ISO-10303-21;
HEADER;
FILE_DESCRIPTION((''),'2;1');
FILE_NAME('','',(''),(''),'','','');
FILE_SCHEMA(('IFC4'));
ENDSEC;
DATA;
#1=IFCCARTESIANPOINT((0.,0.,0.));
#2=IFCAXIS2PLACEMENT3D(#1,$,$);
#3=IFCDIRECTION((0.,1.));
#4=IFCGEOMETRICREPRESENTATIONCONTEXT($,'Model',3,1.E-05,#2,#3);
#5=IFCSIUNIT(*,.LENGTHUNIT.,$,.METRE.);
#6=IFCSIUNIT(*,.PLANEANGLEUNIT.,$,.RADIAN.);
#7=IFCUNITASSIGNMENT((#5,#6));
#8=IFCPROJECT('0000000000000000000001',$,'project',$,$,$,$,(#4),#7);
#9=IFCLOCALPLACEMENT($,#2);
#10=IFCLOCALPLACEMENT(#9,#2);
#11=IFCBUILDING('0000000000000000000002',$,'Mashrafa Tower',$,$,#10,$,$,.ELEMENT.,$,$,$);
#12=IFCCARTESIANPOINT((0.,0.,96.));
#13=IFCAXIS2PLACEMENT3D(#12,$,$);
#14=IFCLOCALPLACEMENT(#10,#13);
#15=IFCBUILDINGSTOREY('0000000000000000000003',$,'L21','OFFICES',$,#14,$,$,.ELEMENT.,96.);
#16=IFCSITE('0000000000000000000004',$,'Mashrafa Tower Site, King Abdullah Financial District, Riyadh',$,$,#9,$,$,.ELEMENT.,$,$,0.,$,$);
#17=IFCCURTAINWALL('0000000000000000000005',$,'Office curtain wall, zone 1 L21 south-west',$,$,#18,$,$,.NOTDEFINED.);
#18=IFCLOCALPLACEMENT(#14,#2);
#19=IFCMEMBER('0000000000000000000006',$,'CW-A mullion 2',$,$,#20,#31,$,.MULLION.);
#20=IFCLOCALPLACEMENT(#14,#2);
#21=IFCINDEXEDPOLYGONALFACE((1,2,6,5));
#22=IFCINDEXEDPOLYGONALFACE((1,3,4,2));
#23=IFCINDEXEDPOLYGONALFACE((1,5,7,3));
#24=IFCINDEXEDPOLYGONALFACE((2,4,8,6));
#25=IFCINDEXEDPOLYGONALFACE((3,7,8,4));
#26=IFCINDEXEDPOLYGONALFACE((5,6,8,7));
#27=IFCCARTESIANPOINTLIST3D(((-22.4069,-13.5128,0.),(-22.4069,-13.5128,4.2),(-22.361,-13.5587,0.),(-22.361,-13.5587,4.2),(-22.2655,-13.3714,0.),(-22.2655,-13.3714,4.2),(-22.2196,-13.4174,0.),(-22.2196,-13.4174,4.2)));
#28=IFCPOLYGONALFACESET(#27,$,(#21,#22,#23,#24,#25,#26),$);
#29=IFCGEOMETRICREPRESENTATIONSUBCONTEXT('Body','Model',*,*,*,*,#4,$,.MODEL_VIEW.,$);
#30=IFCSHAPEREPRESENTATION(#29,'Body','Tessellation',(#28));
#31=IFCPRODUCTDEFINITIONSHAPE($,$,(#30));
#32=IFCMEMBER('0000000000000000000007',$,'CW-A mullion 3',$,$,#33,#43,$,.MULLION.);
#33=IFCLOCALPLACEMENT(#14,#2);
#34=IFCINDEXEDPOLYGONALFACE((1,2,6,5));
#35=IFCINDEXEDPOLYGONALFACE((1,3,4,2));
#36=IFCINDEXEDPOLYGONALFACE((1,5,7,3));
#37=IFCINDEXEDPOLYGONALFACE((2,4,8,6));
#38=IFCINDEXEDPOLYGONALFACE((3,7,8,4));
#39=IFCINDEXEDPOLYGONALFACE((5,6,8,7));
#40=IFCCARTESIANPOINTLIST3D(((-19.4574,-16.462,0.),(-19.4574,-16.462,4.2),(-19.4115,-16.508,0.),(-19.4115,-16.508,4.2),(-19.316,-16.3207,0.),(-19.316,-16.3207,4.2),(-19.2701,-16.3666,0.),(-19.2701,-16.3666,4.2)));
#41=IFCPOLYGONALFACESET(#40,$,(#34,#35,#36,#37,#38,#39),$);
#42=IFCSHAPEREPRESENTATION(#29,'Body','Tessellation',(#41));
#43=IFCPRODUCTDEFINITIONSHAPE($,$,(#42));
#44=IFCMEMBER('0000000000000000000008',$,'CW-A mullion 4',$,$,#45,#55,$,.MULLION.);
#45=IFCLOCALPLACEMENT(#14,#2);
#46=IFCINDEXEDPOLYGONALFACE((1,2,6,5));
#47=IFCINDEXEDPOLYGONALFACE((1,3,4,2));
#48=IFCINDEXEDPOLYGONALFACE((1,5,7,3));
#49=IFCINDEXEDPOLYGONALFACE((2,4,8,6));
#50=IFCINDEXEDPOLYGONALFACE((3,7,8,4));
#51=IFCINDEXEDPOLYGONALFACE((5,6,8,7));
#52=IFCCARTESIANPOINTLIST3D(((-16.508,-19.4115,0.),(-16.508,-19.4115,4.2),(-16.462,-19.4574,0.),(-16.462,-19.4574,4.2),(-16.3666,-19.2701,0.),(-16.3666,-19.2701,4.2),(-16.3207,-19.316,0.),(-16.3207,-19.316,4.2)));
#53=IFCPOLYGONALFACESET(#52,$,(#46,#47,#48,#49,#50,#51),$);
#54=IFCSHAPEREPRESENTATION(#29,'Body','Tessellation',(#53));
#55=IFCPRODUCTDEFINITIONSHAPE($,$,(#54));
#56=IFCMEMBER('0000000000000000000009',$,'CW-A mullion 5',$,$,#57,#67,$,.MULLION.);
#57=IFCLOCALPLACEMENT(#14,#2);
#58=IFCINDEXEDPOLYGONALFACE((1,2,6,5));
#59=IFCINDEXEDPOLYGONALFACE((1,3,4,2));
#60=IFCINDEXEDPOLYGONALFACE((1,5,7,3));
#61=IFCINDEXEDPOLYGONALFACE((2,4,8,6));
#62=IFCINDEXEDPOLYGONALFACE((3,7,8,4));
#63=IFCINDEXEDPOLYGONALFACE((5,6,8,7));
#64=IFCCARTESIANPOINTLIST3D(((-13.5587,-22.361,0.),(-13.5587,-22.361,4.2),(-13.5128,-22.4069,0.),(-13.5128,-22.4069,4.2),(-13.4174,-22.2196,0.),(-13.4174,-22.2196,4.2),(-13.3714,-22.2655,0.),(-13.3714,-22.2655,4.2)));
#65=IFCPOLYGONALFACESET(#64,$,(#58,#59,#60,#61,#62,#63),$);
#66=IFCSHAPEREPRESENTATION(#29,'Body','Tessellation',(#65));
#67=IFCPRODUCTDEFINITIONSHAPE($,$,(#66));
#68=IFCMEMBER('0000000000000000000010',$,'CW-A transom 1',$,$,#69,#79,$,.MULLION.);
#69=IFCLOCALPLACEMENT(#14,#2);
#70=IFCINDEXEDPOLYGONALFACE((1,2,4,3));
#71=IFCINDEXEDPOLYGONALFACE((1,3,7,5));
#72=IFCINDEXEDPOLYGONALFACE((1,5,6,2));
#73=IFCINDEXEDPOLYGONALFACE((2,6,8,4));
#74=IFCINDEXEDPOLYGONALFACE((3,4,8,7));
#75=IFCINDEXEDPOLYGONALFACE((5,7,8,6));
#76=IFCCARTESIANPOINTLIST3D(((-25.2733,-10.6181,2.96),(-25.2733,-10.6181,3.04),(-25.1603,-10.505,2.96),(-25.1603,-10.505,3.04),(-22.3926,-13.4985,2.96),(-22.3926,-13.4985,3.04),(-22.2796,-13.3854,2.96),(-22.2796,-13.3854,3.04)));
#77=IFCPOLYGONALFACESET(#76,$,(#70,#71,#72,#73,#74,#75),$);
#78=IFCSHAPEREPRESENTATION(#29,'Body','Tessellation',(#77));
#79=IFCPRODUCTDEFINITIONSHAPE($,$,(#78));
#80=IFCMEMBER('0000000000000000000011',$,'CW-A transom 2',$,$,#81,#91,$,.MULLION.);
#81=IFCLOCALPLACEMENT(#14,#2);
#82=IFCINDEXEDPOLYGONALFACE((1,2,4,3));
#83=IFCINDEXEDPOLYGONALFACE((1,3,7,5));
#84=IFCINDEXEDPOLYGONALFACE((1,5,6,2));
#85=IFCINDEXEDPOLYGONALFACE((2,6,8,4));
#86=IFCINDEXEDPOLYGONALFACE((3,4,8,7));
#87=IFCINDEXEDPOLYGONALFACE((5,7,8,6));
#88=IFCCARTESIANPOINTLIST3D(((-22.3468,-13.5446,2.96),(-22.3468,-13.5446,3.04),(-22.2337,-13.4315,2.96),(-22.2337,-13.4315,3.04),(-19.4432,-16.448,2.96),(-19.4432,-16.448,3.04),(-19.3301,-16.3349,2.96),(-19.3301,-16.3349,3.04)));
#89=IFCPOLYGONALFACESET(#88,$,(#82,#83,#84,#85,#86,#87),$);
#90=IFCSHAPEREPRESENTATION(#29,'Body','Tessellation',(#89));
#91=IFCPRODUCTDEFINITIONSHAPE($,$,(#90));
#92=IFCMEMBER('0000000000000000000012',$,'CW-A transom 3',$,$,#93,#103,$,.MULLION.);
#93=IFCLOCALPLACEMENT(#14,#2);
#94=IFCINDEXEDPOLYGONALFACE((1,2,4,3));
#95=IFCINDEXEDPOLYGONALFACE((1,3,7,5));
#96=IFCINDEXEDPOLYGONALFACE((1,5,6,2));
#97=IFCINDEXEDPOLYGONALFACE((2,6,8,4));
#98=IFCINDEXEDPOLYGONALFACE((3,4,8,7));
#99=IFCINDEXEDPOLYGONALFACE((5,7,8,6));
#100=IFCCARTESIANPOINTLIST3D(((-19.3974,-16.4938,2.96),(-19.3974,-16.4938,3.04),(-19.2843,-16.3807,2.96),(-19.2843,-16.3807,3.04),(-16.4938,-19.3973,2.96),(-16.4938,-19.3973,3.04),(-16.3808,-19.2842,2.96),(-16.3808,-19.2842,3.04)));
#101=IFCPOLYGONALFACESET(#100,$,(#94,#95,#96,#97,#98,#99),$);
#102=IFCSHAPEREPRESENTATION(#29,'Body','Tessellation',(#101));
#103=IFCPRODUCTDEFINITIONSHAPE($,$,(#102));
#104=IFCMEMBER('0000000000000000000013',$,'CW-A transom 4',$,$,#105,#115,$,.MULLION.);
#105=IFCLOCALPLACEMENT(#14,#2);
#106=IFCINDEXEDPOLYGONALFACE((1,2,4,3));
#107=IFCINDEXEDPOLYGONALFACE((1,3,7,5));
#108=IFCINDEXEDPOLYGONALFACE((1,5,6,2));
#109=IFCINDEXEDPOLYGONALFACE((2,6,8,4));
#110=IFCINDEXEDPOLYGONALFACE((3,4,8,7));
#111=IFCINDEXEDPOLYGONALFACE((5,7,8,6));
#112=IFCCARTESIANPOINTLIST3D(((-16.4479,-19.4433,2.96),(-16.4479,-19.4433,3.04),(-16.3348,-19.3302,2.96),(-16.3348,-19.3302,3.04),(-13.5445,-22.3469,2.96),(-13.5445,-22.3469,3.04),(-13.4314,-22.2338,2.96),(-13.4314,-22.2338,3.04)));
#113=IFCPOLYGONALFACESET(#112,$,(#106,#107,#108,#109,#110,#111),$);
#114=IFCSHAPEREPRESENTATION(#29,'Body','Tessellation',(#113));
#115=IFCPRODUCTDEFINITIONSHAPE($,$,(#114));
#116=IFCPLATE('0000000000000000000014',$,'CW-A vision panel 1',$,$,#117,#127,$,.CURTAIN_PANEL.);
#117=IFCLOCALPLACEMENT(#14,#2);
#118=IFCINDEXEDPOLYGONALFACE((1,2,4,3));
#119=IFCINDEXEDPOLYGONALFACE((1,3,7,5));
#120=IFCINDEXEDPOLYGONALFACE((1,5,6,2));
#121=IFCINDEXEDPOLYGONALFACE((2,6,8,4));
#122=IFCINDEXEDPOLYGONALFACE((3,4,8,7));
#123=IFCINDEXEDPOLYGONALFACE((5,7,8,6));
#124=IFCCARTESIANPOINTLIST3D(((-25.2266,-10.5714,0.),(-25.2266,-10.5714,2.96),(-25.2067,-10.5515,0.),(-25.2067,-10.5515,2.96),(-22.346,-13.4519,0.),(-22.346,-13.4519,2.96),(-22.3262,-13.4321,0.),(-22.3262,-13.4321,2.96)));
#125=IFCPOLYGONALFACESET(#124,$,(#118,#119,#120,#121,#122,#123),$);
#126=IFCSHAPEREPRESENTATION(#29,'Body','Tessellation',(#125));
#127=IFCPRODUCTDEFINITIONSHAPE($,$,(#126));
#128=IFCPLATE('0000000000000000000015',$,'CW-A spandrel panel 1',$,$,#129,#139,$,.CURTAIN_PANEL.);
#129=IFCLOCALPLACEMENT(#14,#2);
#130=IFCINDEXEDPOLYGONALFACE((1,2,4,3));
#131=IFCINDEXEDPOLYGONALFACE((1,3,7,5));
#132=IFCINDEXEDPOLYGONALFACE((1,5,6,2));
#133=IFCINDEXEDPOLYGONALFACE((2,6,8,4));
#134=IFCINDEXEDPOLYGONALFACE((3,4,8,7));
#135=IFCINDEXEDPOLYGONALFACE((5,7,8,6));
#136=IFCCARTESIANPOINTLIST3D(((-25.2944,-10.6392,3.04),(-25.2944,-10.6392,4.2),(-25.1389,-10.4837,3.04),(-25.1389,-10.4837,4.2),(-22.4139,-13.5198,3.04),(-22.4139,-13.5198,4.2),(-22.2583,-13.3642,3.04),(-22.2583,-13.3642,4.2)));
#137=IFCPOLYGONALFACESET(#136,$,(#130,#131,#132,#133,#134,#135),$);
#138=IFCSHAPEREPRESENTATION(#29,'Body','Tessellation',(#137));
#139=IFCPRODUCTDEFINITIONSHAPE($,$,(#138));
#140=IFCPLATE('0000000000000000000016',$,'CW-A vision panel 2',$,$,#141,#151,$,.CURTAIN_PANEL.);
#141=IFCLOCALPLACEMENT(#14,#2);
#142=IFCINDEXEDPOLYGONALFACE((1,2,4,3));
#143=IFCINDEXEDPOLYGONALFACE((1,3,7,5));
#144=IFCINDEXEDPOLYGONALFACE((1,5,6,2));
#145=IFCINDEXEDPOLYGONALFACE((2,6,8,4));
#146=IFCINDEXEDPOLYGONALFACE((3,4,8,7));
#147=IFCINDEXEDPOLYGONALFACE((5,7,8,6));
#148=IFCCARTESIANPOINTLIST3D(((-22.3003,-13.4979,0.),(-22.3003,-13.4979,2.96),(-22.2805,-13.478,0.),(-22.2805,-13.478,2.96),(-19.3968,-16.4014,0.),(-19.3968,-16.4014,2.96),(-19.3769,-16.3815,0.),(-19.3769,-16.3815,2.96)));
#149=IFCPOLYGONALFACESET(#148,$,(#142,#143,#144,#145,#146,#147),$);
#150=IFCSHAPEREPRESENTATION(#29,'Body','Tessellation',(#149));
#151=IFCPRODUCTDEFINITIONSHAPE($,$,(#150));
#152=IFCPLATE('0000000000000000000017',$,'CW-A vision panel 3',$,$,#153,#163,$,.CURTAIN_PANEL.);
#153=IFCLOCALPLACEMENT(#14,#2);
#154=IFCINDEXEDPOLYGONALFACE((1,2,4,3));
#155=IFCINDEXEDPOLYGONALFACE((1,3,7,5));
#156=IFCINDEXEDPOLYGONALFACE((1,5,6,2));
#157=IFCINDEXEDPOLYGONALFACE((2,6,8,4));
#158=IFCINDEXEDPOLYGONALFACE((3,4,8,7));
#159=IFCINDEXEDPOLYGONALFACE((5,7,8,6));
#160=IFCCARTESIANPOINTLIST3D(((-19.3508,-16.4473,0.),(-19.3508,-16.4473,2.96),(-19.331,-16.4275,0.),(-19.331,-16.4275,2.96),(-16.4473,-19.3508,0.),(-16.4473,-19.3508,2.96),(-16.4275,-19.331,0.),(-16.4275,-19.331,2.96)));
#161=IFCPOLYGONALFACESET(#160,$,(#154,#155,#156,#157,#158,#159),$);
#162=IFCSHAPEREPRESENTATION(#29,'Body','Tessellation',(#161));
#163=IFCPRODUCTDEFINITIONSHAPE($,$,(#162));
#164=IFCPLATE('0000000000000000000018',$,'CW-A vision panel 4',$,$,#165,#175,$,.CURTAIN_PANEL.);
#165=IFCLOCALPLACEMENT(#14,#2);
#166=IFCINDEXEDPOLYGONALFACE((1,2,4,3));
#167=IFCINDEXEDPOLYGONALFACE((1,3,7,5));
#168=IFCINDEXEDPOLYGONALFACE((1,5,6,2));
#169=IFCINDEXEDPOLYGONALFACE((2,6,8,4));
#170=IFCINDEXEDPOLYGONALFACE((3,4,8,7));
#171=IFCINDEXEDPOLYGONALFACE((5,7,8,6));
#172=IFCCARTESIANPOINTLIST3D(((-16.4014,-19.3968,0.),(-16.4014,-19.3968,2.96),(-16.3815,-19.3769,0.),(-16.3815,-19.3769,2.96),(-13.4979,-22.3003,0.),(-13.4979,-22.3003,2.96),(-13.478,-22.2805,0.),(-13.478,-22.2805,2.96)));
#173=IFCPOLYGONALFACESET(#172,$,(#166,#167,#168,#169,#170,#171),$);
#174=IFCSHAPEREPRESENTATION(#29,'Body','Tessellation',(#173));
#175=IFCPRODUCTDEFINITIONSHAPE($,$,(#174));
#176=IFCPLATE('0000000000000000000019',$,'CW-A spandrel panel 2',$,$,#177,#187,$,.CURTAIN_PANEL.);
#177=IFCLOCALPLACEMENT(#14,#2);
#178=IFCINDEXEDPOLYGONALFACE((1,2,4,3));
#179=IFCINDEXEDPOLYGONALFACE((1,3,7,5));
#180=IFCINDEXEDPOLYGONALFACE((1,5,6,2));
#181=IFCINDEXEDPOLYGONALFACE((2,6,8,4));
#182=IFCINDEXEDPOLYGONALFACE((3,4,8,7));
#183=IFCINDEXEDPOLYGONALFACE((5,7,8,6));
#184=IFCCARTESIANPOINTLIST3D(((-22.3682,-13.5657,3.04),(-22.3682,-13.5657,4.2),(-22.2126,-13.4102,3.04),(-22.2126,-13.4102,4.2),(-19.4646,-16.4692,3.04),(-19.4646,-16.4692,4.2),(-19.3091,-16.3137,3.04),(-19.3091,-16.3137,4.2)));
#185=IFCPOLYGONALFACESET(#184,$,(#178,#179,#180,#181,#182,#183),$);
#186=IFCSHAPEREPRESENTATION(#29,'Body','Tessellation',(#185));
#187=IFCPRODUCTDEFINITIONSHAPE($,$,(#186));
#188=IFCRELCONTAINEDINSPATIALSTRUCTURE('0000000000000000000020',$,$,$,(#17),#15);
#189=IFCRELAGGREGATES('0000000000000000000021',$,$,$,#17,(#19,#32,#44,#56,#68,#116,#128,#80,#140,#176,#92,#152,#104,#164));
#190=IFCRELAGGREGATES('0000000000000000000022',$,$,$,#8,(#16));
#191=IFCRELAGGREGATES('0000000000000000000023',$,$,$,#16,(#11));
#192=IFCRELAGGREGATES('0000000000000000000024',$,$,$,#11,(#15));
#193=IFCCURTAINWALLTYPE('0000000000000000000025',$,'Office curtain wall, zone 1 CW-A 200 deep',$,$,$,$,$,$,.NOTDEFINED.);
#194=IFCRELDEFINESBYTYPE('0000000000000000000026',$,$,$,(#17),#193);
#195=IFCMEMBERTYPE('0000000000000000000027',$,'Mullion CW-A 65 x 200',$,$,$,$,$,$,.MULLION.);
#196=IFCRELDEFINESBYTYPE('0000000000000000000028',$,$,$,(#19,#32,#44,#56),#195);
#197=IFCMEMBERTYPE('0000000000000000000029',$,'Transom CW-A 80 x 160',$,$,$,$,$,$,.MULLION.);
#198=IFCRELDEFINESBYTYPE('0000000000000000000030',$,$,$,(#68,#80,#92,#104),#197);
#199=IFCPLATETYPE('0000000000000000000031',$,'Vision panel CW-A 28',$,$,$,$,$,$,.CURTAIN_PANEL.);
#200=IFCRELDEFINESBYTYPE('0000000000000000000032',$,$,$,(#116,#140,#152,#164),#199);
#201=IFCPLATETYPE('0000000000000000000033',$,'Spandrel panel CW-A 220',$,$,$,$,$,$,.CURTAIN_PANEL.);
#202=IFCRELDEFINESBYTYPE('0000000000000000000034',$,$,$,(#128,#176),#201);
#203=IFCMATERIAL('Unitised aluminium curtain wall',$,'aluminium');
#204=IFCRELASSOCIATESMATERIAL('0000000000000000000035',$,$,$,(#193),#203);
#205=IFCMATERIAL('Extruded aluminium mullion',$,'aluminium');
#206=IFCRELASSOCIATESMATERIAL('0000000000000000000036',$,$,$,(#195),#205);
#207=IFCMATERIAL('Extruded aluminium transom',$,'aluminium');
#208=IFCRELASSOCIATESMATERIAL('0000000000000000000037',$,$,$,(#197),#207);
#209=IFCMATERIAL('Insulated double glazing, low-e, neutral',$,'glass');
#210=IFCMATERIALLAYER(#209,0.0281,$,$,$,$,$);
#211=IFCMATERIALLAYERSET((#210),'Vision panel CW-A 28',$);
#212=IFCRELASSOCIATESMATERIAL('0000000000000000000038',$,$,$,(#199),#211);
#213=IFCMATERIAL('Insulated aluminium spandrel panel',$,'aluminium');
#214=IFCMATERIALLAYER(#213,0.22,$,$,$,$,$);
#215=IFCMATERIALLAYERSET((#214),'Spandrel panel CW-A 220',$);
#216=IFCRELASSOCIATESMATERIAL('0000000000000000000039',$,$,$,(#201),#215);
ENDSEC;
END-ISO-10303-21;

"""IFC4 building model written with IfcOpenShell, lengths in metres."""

from ifc_helpers import new_model, si_unit, direction, frame, origin, origin_2d, place, context, subcontext, project, spatial, rectangle, extrude, source, transform, mapped, material, layer, layer_set, material_profile, profile_set, type_object, type_shapes, element, aggregate, save


model = new_model("IFC4")

# Units and contexts
model_context = context("Model", 3, precision=1e-05, world=origin(), true_north=direction((0.0, 1.0)))
body_context = subcontext(model_context, "Body", "Model", "MODEL_VIEW")
ifc_project = project(units=[si_unit("LENGTHUNIT", "METRE"), si_unit("PLANEANGLEUNIT", "RADIAN")], contexts=[model_context])

# Site, building, storey
site_placement = place(None, origin())
site = spatial("IfcSite", under=ifc_project, at=site_placement, Name="Mashrafa Tower Site, King Abdullah Financial District, Riyadh", CompositionType="ELEMENT", RefElevation=0.0)
building_placement = place(site_placement, origin())
building = spatial("IfcBuilding", under=site, at=building_placement, Name="Mashrafa Tower", CompositionType="ELEMENT")
storey_placement = place(building_placement, frame((0.0, 0.0, 96.0)))
storey = spatial("IfcBuildingStorey", under=building, at=storey_placement, Name="L21", Description="OFFICES", CompositionType="ELEMENT", Elevation=96.0)

# Shared definitions
ifc_material_1 = material(Name="Unitised aluminium curtain wall", Category="aluminium")
curtain_wall_type = type_object("IfcCurtainWallType", Name="Office curtain wall, zone 1 CW-A 200 deep", PredefinedType="NOTDEFINED", material=ifc_material_1)
ifc_material_2 = material(Name="Extruded aluminium mullion", Category="aluminium")
ifc_material_profile_1 = material_profile(ifc_material_2, rectangle(XDim=0.2, YDim=0.0649, at=origin_2d()), Name="Mullion 65x200")
ifc_profile_set_1 = profile_set([ifc_material_profile_1], Name="Extruded aluminium mullion")
member_type_1 = type_object("IfcMemberType", Name="Mullion CW-A 65 x 200", PredefinedType="MULLION", material=ifc_profile_set_1)
shared_shape_1 = source(origin(), body_context, "Body", "SweptSolid", [
    extrude(rectangle(XDim=0.2, YDim=0.0649, at=origin_2d()), origin(), (0.0, 0.0, 1.0), 4.2),
])
type_shapes(member_type_1, [shared_shape_1])

# Curtain wall, members, plates
curtain_wall_1_placement = place(storey_placement, origin())
curtain_wall_1 = element("IfcCurtainWall", 1, at=curtain_wall_1_placement, inside=storey, type_object=curtain_wall_type, Name="Office curtain wall, zone 1 L21 south-west", PredefinedType="NOTDEFINED")
member_1_placement = place(storey_placement, frame((-22.3132, -13.4651, 0.0), z_axis=(0.0, 0.0, 1.0), x_axis=(0.707107, 0.707107, 0.0)))
member_1 = element("IfcMember", 2, at=member_1_placement, type_object=member_type_1, Name="CW-A mullion 2", PredefinedType="MULLION", context=body_context, shape_type="MappedRepresentation", body=[
    mapped(shared_shape_1, transform((0.0, 0.0, 0.0))),
])
member_2_placement = place(storey_placement, frame((-19.3638, -16.4143, 0.0), z_axis=(0.0, 0.0, 1.0), x_axis=(0.707107, 0.707107, 0.0)))
member_2 = element("IfcMember", 3, at=member_2_placement, type_object=member_type_1, Name="CW-A mullion 3", PredefinedType="MULLION", context=body_context, shape_type="MappedRepresentation", body=[
    mapped(shared_shape_1, transform((0.0, 0.0, 0.0))),
])
member_3_placement = place(storey_placement, frame((-16.4143, -19.3638, 0.0), z_axis=(0.0, 0.0, 1.0), x_axis=(0.707107, 0.707107, 0.0)))
member_3 = element("IfcMember", 4, at=member_3_placement, type_object=member_type_1, Name="CW-A mullion 4", PredefinedType="MULLION", context=body_context, shape_type="MappedRepresentation", body=[
    mapped(shared_shape_1, transform((0.0, 0.0, 0.0))),
])
member_4_placement = place(storey_placement, frame((-13.4651, -22.3132, 0.0), z_axis=(0.0, 0.0, 1.0), x_axis=(0.707107, 0.707107, 0.0)))
member_4 = element("IfcMember", 5, at=member_4_placement, type_object=member_type_1, Name="CW-A mullion 5", PredefinedType="MULLION", context=body_context, shape_type="MappedRepresentation", body=[
    mapped(shared_shape_1, transform((0.0, 0.0, 0.0))),
])
ifc_material_3 = material(Name="Extruded aluminium transom", Category="aluminium")
ifc_material_profile_2 = material_profile(ifc_material_3, rectangle(XDim=0.1599, YDim=0.0801, at=origin_2d()), Name="Transom 80x160")
ifc_profile_set_2 = profile_set([ifc_material_profile_2], Name="Extruded aluminium transom")
member_type_2 = type_object("IfcMemberType", Name="Transom CW-A 80 x 160", PredefinedType="MULLION", material=ifc_profile_set_2)
shared_shape_2 = source(origin(), body_context, "Body", "SweptSolid", [
    extrude(rectangle(XDim=0.1599, YDim=0.0801, at=origin_2d()), origin(), (0.0, 0.0, 1.0), 4.0737),
])
member_5_placement = place(storey_placement, frame((-25.2168, -10.5615, 3.0), z_axis=(0.707137, -0.707077, 0.0), x_axis=(0.707077, 0.707137, 0.0)))
member_5 = element("IfcMember", 6, at=member_5_placement, type_object=member_type_2, Name="CW-A transom 1", PredefinedType="MULLION", context=body_context, shape_type="MappedRepresentation", body=[
    mapped(shared_shape_2, transform((0.0, 0.0, 0.0))),
])
shared_shape_3 = source(origin(), body_context, "Body", "SweptSolid", [
    extrude(rectangle(XDim=0.1599, YDim=0.0801, at=origin_2d()), origin(), (0.0, 0.0, 1.0), 4.1062),
])
type_shapes(member_type_2, [shared_shape_2, shared_shape_3])
member_6_placement = place(storey_placement, frame((-22.2903, -13.488, 3.0), z_axis=(0.707137, -0.707077, 0.0), x_axis=(0.707077, 0.707137, 0.0)))
member_6 = element("IfcMember", 7, at=member_6_placement, type_object=member_type_2, Name="CW-A transom 2", PredefinedType="MULLION", context=body_context, shape_type="MappedRepresentation", body=[
    mapped(shared_shape_3, transform((0.0, 0.0, 0.0))),
])
member_7_placement = place(storey_placement, frame((-19.3408, -16.4373, 3.0), z_axis=(0.707107, -0.707107, 0.0), x_axis=(0.707107, 0.707107, 0.0)))
member_7 = element("IfcMember", 8, at=member_7_placement, type_object=member_type_2, Name="CW-A transom 3", PredefinedType="MULLION", context=body_context, shape_type="MappedRepresentation", body=[
    mapped(shared_shape_3, transform((0.0, 0.0, 0.0))),
])
member_8_placement = place(storey_placement, frame((-16.3914, -19.3867, 3.0), z_axis=(0.707077, -0.707137, 0.0), x_axis=(0.707137, 0.707077, 0.0)))
member_8 = element("IfcMember", 9, at=member_8_placement, type_object=member_type_2, Name="CW-A transom 4", PredefinedType="MULLION", context=body_context, shape_type="MappedRepresentation", body=[
    mapped(shared_shape_3, transform((0.0, 0.0, 0.0))),
])
ifc_material_4 = material(Name="Insulated double glazing, low-e, neutral", Category="glass")
ifc_layer_1 = layer(ifc_material_4, 0.0281)
ifc_layer_set_1 = layer_set([ifc_layer_1], Name="Vision panel CW-A 28")
plate_type_1 = type_object("IfcPlateType", Name="Vision panel CW-A 28", PredefinedType="CURTAIN_PANEL", material=ifc_layer_set_1)
shared_shape_4 = source(origin(), body_context, "Body", "SweptSolid", [
    extrude(rectangle(XDim=4.0737, YDim=0.0281, at=origin_2d()), origin(), (0.0, 0.0, 1.0), 2.96),
])
plate_1_placement = place(storey_placement, frame((-23.7764, -12.0017, 0.0), z_axis=(0.0, 0.0, 1.0), x_axis=(0.707107, -0.707107, 0.0)))
plate_1 = element("IfcPlate", 10, at=plate_1_placement, type_object=plate_type_1, Name="CW-A vision panel 1", PredefinedType="CURTAIN_PANEL", context=body_context, shape_type="MappedRepresentation", body=[
    mapped(shared_shape_4, transform((0.0, 0.0, 0.0))),
])
ifc_material_5 = material(Name="Insulated aluminium spandrel panel", Category="aluminium")
ifc_layer_2 = layer(ifc_material_5, 0.22)
ifc_layer_set_2 = layer_set([ifc_layer_2], Name="Spandrel panel CW-A 220")
plate_type_2 = type_object("IfcPlateType", Name="Spandrel panel CW-A 220", PredefinedType="CURTAIN_PANEL", material=ifc_layer_set_2)
shared_shape_5 = source(origin(), body_context, "Body", "SweptSolid", [
    extrude(rectangle(XDim=4.0737, YDim=0.22, at=origin_2d()), origin(), (0.0, 0.0, 1.0), 1.1599),
])
plate_2_placement = place(storey_placement, frame((-23.7764, -12.0017, 3.04), z_axis=(0.0, 0.0, 1.0), x_axis=(0.707107, -0.707107, 0.0)))
plate_2 = element("IfcPlate", 11, at=plate_2_placement, type_object=plate_type_2, Name="CW-A spandrel panel 1", PredefinedType="CURTAIN_PANEL", context=body_context, shape_type="MappedRepresentation", body=[
    mapped(shared_shape_5, transform((0.0, 0.0, 0.0))),
])
shared_shape_6 = source(origin(), body_context, "Body", "SweptSolid", [
    extrude(rectangle(XDim=4.1062, YDim=0.0281, at=origin_2d()), origin(), (0.0, 0.0, 1.0), 2.96),
])
type_shapes(plate_type_1, [shared_shape_4, shared_shape_6])
plate_3_placement = place(storey_placement, frame((-20.8386, -14.9397, 0.0), z_axis=(0.0, 0.0, 1.0), x_axis=(0.707107, -0.707107, 0.0)))
plate_3 = element("IfcPlate", 12, at=plate_3_placement, type_object=plate_type_1, Name="CW-A vision panel 2", PredefinedType="CURTAIN_PANEL", context=body_context, shape_type="MappedRepresentation", body=[
    mapped(shared_shape_6, transform((0.0, 0.0, 0.0))),
])
plate_4_placement = place(storey_placement, frame((-17.8892, -17.8892, 0.0), z_axis=(0.0, 0.0, 1.0), x_axis=(0.707107, -0.707107, 0.0)))
plate_4 = element("IfcPlate", 13, at=plate_4_placement, type_object=plate_type_1, Name="CW-A vision panel 3", PredefinedType="CURTAIN_PANEL", context=body_context, shape_type="MappedRepresentation", body=[
    mapped(shared_shape_6, transform((0.0, 0.0, 0.0))),
])
plate_5_placement = place(storey_placement, frame((-14.9397, -20.8386, 0.0), z_axis=(0.0, 0.0, 1.0), x_axis=(0.707107, -0.707107, 0.0)))
plate_5 = element("IfcPlate", 14, at=plate_5_placement, type_object=plate_type_1, Name="CW-A vision panel 4", PredefinedType="CURTAIN_PANEL", context=body_context, shape_type="MappedRepresentation", body=[
    mapped(shared_shape_6, transform((0.0, 0.0, 0.0))),
])
shared_shape_7 = source(origin(), body_context, "Body", "SweptSolid", [
    extrude(rectangle(XDim=4.1062, YDim=0.22, at=origin_2d()), origin(), (0.0, 0.0, 1.0), 1.1599),
])
type_shapes(plate_type_2, [shared_shape_5, shared_shape_7])
plate_6_placement = place(storey_placement, frame((-20.8386, -14.9397, 3.04), z_axis=(0.0, 0.0, 1.0), x_axis=(0.707107, -0.707107, 0.0)))
plate_6 = element("IfcPlate", 15, at=plate_6_placement, type_object=plate_type_2, Name="CW-A spandrel panel 2", PredefinedType="CURTAIN_PANEL", context=body_context, shape_type="MappedRepresentation", body=[
    mapped(shared_shape_7, transform((0.0, 0.0, 0.0))),
])
aggregate(curtain_wall_1, [member_1, member_2, member_3, member_4, member_5, plate_1, plate_2, member_6, plate_3, plate_6, member_7, plate_4, member_8, plate_5])

save(model, "model.ifc")
